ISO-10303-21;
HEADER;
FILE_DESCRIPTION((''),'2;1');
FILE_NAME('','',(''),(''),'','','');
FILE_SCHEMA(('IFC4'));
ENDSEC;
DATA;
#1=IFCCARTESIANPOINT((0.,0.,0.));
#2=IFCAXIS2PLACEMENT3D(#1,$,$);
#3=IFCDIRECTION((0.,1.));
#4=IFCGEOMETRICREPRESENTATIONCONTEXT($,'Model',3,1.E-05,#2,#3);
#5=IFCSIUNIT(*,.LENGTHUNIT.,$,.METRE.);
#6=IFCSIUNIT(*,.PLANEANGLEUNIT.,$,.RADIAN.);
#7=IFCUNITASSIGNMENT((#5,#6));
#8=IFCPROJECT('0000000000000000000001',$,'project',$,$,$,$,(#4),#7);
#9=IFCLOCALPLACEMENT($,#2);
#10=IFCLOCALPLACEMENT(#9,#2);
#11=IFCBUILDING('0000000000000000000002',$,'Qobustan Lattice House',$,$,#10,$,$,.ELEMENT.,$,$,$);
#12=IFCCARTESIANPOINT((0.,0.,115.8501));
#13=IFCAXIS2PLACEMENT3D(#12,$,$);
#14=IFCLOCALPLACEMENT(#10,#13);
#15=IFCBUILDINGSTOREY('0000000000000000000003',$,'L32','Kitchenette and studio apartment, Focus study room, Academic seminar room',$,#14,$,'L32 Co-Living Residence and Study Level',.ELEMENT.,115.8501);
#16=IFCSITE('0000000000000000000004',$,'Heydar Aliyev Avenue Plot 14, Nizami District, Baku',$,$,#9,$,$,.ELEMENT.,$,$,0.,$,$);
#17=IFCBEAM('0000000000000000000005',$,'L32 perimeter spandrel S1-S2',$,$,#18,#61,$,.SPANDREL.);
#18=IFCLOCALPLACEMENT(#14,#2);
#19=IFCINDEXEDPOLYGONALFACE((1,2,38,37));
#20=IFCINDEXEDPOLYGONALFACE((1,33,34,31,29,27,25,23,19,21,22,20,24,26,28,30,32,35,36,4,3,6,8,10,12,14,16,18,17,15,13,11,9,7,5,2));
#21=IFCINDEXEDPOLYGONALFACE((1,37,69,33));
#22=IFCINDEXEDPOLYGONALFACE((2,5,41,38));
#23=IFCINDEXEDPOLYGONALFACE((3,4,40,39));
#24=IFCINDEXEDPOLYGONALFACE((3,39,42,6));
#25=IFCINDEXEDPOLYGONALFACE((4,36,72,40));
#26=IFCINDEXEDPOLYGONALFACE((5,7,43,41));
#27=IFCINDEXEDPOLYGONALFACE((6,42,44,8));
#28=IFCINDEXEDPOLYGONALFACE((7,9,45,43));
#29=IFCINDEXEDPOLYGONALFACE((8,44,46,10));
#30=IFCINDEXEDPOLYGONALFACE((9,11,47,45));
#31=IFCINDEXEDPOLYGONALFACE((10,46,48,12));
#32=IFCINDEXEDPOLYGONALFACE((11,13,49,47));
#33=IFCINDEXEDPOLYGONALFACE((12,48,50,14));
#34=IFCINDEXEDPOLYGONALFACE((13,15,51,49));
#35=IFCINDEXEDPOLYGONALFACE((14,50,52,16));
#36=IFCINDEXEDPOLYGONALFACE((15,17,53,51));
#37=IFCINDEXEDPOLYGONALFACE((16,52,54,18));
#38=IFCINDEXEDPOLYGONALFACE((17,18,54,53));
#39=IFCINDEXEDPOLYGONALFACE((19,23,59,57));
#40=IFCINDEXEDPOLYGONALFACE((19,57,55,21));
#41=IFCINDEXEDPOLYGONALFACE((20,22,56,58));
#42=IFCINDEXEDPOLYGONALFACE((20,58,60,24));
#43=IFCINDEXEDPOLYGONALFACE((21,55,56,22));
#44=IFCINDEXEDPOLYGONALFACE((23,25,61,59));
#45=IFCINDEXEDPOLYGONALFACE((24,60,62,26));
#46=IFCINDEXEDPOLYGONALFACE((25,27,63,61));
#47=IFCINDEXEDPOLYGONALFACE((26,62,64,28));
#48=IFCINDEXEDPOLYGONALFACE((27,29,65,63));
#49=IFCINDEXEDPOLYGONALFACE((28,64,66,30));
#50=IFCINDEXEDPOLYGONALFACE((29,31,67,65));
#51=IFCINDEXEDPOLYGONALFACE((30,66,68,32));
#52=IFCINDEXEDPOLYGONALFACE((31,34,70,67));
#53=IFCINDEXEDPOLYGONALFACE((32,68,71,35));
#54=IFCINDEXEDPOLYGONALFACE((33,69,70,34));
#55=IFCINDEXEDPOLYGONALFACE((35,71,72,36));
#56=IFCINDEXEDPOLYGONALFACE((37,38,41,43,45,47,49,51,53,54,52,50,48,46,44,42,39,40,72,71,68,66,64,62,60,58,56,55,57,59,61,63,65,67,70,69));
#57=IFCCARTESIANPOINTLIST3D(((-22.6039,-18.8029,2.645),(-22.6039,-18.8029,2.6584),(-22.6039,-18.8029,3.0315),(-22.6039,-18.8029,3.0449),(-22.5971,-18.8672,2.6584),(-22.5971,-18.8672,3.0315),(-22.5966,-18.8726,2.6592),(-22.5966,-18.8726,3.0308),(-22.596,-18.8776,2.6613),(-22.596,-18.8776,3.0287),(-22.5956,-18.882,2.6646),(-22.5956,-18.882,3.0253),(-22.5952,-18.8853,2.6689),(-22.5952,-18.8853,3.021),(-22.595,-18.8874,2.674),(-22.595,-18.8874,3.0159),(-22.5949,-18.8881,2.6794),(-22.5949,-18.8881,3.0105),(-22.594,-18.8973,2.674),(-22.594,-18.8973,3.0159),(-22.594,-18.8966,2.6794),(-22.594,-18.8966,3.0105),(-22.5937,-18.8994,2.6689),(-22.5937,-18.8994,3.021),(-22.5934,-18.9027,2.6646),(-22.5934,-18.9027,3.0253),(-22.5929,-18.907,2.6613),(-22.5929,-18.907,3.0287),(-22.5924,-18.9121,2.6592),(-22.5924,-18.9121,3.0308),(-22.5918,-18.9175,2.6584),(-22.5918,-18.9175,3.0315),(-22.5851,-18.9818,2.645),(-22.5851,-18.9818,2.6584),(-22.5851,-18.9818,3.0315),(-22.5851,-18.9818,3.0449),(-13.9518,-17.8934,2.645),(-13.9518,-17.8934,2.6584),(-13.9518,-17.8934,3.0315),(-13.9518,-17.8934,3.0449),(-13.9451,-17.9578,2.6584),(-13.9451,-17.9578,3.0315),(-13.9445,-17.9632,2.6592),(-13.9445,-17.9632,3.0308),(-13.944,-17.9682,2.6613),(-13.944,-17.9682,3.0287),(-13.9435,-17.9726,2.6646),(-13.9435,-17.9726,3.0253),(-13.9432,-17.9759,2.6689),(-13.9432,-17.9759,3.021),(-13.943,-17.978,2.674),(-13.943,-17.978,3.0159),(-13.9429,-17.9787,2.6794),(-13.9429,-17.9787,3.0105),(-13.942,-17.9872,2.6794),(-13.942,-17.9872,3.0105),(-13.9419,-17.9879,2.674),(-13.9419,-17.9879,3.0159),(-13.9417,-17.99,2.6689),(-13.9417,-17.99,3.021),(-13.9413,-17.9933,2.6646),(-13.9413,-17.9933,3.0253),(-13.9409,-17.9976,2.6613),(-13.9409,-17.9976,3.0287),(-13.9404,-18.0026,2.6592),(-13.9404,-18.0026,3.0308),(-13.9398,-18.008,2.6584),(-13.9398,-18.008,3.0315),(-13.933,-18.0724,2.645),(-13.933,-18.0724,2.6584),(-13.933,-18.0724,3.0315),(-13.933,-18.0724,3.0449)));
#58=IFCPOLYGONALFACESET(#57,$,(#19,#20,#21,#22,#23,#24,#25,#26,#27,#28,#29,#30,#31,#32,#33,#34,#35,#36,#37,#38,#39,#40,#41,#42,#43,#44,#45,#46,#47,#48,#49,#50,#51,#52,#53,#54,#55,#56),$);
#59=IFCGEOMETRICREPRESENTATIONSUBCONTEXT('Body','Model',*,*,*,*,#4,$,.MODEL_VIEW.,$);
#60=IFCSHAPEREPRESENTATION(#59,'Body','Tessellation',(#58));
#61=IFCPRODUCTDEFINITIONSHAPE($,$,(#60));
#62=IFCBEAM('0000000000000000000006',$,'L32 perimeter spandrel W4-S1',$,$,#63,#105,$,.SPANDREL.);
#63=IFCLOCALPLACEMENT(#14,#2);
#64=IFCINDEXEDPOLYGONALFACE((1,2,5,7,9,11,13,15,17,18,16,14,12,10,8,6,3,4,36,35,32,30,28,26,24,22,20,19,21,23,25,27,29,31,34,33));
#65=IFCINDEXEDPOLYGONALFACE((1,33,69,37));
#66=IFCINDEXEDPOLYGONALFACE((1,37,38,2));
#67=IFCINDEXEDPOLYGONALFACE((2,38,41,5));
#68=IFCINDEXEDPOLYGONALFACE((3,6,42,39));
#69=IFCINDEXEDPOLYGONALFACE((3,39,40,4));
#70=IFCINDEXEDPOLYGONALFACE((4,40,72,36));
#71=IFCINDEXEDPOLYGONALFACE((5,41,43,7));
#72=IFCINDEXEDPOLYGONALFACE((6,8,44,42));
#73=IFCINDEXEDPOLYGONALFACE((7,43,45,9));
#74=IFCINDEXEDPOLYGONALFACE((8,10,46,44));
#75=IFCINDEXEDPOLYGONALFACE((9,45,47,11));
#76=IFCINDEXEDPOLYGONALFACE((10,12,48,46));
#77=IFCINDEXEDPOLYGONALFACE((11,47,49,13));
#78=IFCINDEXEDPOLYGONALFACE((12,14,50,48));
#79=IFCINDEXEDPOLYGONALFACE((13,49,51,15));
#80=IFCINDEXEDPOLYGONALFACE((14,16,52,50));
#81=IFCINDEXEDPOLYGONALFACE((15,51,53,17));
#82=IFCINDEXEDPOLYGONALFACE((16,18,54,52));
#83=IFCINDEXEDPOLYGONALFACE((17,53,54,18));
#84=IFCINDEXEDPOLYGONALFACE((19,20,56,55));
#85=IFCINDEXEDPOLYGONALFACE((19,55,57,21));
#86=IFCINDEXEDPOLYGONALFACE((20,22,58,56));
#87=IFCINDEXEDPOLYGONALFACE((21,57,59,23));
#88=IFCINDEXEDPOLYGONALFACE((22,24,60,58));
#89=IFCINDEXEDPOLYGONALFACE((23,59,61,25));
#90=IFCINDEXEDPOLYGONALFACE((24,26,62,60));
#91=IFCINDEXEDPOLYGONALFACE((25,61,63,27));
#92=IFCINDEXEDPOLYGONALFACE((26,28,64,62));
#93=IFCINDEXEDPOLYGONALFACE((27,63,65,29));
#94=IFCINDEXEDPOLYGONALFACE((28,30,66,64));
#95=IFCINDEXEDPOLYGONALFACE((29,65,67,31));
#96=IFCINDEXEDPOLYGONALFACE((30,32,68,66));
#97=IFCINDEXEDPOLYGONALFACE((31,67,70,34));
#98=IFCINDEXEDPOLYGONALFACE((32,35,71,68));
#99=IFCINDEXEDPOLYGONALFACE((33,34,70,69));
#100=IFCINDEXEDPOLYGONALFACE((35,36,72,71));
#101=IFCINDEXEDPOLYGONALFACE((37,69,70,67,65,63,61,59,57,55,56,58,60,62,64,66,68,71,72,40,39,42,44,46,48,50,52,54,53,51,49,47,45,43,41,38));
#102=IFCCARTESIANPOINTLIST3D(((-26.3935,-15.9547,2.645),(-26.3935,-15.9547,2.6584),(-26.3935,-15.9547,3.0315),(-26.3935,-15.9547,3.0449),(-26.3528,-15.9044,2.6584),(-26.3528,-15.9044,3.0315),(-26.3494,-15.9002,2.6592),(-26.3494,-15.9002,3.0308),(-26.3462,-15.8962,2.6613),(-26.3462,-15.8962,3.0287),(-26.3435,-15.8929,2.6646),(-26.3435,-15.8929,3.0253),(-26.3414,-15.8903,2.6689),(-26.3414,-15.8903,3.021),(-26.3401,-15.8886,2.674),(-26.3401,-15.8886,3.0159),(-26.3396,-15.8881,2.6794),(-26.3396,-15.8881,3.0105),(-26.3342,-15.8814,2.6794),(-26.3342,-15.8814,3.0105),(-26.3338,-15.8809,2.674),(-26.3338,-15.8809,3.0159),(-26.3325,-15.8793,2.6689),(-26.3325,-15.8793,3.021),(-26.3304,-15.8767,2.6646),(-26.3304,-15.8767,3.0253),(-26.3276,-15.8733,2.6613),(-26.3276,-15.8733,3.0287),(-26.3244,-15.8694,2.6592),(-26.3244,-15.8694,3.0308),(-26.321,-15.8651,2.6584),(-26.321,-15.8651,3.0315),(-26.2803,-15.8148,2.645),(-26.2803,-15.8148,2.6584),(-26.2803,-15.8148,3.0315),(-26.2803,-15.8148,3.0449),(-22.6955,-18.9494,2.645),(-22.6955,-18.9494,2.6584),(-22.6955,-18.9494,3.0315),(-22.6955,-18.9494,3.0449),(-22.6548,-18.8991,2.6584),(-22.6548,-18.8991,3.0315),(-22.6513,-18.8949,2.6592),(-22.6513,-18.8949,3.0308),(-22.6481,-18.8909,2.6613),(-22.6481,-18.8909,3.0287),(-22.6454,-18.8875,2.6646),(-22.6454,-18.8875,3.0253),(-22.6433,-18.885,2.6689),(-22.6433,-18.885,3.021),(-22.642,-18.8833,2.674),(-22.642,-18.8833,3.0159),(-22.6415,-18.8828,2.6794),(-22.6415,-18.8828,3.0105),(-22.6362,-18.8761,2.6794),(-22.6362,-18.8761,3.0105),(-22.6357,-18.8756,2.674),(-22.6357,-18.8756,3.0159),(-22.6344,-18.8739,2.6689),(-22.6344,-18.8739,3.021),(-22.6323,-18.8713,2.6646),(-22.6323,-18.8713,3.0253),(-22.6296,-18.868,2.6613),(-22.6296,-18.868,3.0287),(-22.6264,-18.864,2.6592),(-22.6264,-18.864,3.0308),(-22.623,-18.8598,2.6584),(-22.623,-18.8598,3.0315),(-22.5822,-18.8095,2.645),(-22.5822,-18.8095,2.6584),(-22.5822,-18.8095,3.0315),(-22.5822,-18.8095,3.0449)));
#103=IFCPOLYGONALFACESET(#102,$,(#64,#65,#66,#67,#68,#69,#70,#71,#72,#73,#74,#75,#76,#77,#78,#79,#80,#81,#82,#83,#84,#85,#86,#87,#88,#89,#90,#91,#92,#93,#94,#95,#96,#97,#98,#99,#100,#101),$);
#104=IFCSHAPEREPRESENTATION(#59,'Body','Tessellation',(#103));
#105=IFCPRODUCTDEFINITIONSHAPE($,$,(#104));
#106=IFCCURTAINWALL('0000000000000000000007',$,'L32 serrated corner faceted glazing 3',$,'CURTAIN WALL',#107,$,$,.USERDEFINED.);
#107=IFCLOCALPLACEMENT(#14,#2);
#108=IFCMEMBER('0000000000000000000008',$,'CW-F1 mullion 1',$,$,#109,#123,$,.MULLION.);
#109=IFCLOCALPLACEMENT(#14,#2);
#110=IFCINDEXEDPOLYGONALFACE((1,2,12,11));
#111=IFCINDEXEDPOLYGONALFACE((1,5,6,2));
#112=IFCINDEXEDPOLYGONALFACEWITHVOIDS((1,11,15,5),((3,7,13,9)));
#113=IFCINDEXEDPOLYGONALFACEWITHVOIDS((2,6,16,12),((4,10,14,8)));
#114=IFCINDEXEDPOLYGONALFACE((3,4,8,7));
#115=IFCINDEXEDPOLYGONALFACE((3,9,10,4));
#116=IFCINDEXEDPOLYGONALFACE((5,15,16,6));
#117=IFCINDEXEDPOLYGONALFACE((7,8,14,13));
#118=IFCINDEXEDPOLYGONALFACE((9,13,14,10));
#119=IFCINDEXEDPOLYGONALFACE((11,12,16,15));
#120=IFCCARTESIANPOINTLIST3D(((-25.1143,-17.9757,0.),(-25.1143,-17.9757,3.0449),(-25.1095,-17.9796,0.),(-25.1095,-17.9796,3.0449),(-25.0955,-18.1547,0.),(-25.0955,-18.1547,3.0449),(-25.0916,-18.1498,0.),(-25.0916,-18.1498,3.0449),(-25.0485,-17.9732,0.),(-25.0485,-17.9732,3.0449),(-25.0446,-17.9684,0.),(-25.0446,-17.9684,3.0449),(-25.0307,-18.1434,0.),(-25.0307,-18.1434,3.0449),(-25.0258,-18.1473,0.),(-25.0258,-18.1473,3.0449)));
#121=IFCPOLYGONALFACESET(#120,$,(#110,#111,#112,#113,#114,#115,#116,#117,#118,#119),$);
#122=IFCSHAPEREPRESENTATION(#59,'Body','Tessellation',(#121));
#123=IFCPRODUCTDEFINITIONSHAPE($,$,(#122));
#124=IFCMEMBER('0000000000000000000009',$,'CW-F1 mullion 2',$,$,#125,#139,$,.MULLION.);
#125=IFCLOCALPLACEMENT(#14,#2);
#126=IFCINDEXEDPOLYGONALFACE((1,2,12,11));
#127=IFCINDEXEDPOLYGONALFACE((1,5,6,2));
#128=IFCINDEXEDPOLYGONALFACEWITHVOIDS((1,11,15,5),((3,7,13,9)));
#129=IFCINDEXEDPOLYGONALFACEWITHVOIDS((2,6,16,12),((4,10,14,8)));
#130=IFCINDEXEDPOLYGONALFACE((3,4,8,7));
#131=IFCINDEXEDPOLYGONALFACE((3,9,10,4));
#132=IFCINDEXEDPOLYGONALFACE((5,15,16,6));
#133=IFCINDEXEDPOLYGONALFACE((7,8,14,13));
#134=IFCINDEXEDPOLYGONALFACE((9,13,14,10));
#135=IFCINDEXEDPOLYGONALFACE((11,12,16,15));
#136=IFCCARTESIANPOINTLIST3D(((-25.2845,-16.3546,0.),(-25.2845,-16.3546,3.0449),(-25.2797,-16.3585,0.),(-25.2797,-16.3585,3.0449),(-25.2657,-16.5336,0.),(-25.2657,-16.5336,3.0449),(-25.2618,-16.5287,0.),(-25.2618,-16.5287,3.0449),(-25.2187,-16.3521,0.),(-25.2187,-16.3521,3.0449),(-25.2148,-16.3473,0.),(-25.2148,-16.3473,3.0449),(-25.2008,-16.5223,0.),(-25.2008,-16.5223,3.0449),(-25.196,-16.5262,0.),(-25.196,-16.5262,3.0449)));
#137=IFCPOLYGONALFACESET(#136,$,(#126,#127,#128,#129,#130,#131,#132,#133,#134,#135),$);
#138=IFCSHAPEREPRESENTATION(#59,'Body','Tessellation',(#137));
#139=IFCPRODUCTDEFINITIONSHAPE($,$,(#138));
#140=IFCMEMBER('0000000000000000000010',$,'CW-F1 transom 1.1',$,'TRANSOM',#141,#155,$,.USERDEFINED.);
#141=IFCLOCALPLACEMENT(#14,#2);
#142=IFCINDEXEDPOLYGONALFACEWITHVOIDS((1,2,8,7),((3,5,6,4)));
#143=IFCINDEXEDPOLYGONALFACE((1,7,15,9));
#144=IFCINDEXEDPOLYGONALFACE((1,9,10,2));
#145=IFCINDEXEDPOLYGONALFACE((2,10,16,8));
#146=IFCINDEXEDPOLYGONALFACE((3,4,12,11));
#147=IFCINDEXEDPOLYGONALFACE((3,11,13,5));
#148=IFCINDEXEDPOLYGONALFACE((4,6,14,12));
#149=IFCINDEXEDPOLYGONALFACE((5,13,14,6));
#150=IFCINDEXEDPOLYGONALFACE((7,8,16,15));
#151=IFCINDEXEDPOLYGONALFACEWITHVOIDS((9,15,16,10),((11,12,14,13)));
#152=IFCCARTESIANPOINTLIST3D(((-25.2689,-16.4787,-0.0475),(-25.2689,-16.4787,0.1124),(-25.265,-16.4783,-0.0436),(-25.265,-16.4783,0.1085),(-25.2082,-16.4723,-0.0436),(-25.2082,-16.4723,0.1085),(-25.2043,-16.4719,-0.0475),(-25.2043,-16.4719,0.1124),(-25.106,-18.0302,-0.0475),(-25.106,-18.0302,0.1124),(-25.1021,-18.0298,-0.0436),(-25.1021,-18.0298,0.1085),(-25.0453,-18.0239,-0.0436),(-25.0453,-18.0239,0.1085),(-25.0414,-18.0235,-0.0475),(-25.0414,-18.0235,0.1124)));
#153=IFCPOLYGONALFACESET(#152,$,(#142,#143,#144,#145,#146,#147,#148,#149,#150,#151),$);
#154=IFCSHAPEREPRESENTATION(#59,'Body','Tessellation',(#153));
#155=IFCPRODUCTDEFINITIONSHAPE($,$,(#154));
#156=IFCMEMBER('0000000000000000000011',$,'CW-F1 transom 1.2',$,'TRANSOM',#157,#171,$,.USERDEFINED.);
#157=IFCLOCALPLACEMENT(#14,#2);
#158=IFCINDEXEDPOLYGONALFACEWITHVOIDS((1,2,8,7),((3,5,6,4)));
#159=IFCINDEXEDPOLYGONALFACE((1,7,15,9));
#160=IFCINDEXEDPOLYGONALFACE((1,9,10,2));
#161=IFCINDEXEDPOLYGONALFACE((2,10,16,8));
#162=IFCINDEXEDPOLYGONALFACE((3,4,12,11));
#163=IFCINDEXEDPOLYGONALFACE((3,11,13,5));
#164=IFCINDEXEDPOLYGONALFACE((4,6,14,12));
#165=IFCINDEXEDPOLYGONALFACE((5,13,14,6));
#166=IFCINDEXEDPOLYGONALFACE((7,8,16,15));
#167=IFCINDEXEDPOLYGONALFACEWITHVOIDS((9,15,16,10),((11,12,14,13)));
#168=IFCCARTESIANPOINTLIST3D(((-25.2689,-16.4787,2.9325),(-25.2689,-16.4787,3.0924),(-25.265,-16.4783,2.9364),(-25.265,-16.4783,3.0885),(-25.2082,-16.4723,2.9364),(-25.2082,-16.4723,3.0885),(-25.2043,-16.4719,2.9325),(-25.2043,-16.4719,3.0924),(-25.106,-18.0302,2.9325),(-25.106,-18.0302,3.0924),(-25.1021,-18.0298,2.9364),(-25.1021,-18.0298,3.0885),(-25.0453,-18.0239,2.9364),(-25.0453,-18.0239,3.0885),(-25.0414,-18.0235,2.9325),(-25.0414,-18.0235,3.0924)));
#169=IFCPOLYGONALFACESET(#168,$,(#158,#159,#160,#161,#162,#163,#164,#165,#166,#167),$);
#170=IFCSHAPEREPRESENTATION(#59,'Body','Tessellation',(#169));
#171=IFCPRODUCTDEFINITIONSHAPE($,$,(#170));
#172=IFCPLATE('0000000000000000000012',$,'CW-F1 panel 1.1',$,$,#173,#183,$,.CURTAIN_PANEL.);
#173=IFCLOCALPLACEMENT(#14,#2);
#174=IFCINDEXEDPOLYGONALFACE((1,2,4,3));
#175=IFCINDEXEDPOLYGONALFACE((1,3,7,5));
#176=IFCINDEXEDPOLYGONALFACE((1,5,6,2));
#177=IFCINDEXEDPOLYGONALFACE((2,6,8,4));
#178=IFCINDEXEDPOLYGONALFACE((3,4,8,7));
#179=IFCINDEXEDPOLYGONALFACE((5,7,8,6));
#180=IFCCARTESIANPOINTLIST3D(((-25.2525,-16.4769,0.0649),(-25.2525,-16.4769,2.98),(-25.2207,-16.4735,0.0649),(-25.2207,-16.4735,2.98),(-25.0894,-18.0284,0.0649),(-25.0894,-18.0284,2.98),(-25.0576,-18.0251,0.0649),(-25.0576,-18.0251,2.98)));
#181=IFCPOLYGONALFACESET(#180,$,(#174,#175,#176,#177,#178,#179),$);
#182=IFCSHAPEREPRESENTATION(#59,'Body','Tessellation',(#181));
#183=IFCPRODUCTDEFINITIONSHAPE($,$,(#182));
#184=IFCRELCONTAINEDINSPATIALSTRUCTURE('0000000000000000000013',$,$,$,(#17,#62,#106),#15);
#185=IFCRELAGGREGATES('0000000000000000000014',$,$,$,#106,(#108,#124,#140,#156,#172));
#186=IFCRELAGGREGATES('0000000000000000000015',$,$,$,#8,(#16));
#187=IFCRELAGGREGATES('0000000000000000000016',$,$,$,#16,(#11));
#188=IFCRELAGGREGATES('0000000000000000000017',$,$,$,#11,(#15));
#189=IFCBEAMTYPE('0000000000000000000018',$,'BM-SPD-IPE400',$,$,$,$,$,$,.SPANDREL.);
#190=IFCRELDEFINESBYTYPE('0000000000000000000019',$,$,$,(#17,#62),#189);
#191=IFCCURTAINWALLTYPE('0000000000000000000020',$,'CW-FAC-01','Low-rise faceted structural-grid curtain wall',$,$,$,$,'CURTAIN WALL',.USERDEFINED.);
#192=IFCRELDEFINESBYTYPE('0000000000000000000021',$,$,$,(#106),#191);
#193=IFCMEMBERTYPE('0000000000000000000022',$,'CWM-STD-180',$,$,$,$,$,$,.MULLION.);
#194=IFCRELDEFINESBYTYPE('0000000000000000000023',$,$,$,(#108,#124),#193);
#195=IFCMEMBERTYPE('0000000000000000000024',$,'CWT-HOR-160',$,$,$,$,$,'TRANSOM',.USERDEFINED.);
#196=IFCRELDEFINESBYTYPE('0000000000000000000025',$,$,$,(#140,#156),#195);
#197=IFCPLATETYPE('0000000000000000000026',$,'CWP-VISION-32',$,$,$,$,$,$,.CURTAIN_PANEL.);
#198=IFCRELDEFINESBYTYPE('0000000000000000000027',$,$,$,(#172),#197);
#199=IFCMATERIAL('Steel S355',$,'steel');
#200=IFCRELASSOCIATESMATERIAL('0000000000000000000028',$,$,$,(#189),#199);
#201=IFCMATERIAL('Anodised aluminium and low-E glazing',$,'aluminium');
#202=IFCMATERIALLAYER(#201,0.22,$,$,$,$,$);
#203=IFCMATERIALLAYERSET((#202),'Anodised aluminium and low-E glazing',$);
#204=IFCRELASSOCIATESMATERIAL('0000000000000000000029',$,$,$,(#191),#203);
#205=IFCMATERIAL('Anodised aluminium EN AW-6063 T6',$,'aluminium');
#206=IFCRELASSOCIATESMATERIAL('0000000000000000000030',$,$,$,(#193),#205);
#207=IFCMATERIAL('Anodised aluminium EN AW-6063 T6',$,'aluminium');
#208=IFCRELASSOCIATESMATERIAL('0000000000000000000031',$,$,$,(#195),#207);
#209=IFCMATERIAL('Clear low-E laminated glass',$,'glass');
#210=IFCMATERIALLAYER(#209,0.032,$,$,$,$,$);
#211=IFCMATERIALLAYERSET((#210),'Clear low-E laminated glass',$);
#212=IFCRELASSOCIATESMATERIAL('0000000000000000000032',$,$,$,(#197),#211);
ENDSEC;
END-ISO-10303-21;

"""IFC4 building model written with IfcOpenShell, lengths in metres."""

from ifc_helpers import new_model, si_unit, direction, frame, origin, origin_2d, place, context, subcontext, project, spatial, rectangle, hollow_rectangle, i_section, extrude, material, layer, layer_set, material_profile, profile_set, type_object, element, aggregate, save


model = new_model("IFC4")

# Units and contexts
model_context = context("Model", 3, precision=1e-05, world=origin(), true_north=direction((0.0, 1.0)))
body_context = subcontext(model_context, "Body", "Model", "MODEL_VIEW")
ifc_project = project(units=[si_unit("LENGTHUNIT", "METRE"), si_unit("PLANEANGLEUNIT", "RADIAN")], contexts=[model_context])

# Site, building, storey
site_placement = place(None, origin())
site = spatial("IfcSite", under=ifc_project, at=site_placement, Name="Heydar Aliyev Avenue Plot 14, Nizami District, Baku", CompositionType="ELEMENT", RefElevation=0.0)
building_placement = place(site_placement, origin())
building = spatial("IfcBuilding", under=site, at=building_placement, Name="Qobustan Lattice House", CompositionType="ELEMENT")
storey_placement = place(building_placement, frame((0.0, 0.0, 115.8501)))
storey = spatial("IfcBuildingStorey", under=building, at=storey_placement, Name="L32", Description="Kitchenette and studio apartment, Focus study room, Academic seminar room", LongName="L32 Co-Living Residence and Study Level", CompositionType="ELEMENT", Elevation=115.8501)

# Beams
ifc_material_1 = material(Name="Steel S355", Category="steel")
ifc_material_profile_1 = material_profile(ifc_material_1, i_section(OverallWidth=0.1799, OverallDepth=0.3999, WebThickness=0.0085, FlangeThickness=0.0134, FilletRadius=0.021, at=origin_2d()), Name="IPE400")
ifc_profile_set_1 = profile_set([ifc_material_profile_1], Name="Steel S355")
beam_type_1 = type_object("IfcBeamType", Name="BM-SPD-IPE400", PredefinedType="SPANDREL", material=ifc_profile_set_1)
beam_1_placement = place(storey_placement, frame((-22.5945, -18.8923, 2.845), z_axis=(0.994521, 0.104534, 0.0), x_axis=(-0.104534, 0.994521, 0.0)))
element("IfcBeam", 1, at=beam_1_placement, inside=storey, type_object=beam_type_1, Name="L32 perimeter spandrel S1-S2", PredefinedType="SPANDREL", context=body_context, shape_type="SweptSolid", body=[
    extrude(i_section(OverallWidth=0.1799, OverallDepth=0.3999, WebThickness=0.0085, FlangeThickness=0.0134, FilletRadius=0.021, at=origin_2d()), origin(), (0.0, 0.0, 1.0), 8.6997),
])
beam_2_placement = place(storey_placement, frame((-26.3369, -15.8848, 2.845), z_axis=(0.777141, -0.629327, 0.0), x_axis=(0.629327, 0.777141, 0.0)))
element("IfcBeam", 2, at=beam_2_placement, inside=storey, type_object=beam_type_1, Name="L32 perimeter spandrel W4-S1", PredefinedType="SPANDREL", context=body_context, shape_type="SweptSolid", body=[
    extrude(i_section(OverallWidth=0.1799, OverallDepth=0.3999, WebThickness=0.0085, FlangeThickness=0.0134, FilletRadius=0.021, at=origin_2d()), origin(), (0.0, 0.0, 1.0), 4.7585),
])

# Curtain wall, members, plate
ifc_material_2 = material(Name="Anodised aluminium and low-E glazing", Category="aluminium")
ifc_layer_1 = layer(ifc_material_2, 0.22)
ifc_layer_set_1 = layer_set([ifc_layer_1], Name="Anodised aluminium and low-E glazing")
curtain_wall_type = type_object("IfcCurtainWallType", Name="CW-FAC-01", Description="Low-rise faceted structural-grid curtain wall", ElementType="CURTAIN WALL", PredefinedType="USERDEFINED", material=ifc_layer_set_1)
curtain_wall_placement = place(storey_placement, origin())
curtain_wall = element("IfcCurtainWall", 3, at=curtain_wall_placement, inside=storey, type_object=curtain_wall_type, Name="L32 serrated corner faceted glazing 3", ObjectType="CURTAIN WALL", PredefinedType="USERDEFINED")
ifc_material_3 = material(Name="Anodised aluminium EN AW-6063 T6", Category="aluminium")
ifc_material_profile_2 = material_profile(ifc_material_3, hollow_rectangle(XDim=0.0701, YDim=0.1799, WallThickness=0.0044, at=origin_2d()), Name="CWM-180x70")
ifc_profile_set_2 = profile_set([ifc_material_profile_2], Name="Anodised aluminium EN AW-6063 T6")
member_type_1 = type_object("IfcMemberType", Name="CWM-STD-180", PredefinedType="MULLION", material=ifc_profile_set_2)
member_1_placement = place(storey_placement, frame((-25.0701, -18.0615, 0.0), z_axis=(0.0, 0.0, 1.0), x_axis=(-0.994522, -0.104529, 0.0)))
member_1 = element("IfcMember", 4, at=member_1_placement, type_object=member_type_1, Name="CW-F1 mullion 1", PredefinedType="MULLION", context=body_context, shape_type="SweptSolid", body=[
    extrude(hollow_rectangle(XDim=0.0701, YDim=0.1799, WallThickness=0.0044, at=origin_2d()), origin(), (0.0, 0.0, 1.0), 3.0449),
])
member_2_placement = place(storey_placement, frame((-25.2402, -16.4404, 0.0), z_axis=(0.0, 0.0, 1.0), x_axis=(-0.994522, -0.104529, 0.0)))
member_2 = element("IfcMember", 5, at=member_2_placement, type_object=member_type_1, Name="CW-F1 mullion 2", PredefinedType="MULLION", context=body_context, shape_type="SweptSolid", body=[
    extrude(hollow_rectangle(XDim=0.0701, YDim=0.1799, WallThickness=0.0044, at=origin_2d()), origin(), (0.0, 0.0, 1.0), 3.0449),
])
ifc_material_4 = material(Name="Anodised aluminium EN AW-6063 T6", Category="aluminium")
ifc_material_profile_3 = material_profile(ifc_material_4, hollow_rectangle(XDim=0.0649, YDim=0.1599, WallThickness=0.0039, at=origin_2d()), Name="CWT-160x65")
ifc_profile_set_3 = profile_set([ifc_material_profile_3], Name="Anodised aluminium EN AW-6063 T6")
member_type_2 = type_object("IfcMemberType", Name="CWT-HOR-160", ElementType="TRANSOM", PredefinedType="USERDEFINED", material=ifc_profile_set_3)
member_3_placement = place(storey_placement, frame((-25.0737, -18.0269, 0.0325), z_axis=(-0.104383, 0.994537, 0.0), x_axis=(-0.994537, -0.104383, 0.0)))
member_3 = element("IfcMember", 6, at=member_3_placement, type_object=member_type_2, Name="CW-F1 transom 1.1", ObjectType="TRANSOM", PredefinedType="USERDEFINED", context=body_context, shape_type="SweptSolid", body=[
    extrude(hollow_rectangle(XDim=0.0649, YDim=0.1599, WallThickness=0.0039, at=origin_2d()), origin(), (0.0, 0.0, 1.0), 1.5601),
])
member_4_placement = place(storey_placement, frame((-25.0737, -18.0269, 3.0125), z_axis=(-0.104383, 0.994537, 0.0), x_axis=(-0.994537, -0.104383, 0.0)))
member_4 = element("IfcMember", 7, at=member_4_placement, type_object=member_type_2, Name="CW-F1 transom 1.2", ObjectType="TRANSOM", PredefinedType="USERDEFINED", context=body_context, shape_type="SweptSolid", body=[
    extrude(hollow_rectangle(XDim=0.0649, YDim=0.1599, WallThickness=0.0039, at=origin_2d()), origin(), (0.0, 0.0, 1.0), 1.5601),
])
ifc_material_5 = material(Name="Clear low-E laminated glass", Category="glass")
ifc_layer_2 = layer(ifc_material_5, 0.032)
ifc_layer_set_2 = layer_set([ifc_layer_2], Name="Clear low-E laminated glass")
plate_type = type_object("IfcPlateType", Name="CWP-VISION-32", PredefinedType="CURTAIN_PANEL", material=ifc_layer_set_2)
plate_placement = place(storey_placement, frame((-25.155, -17.251, 0.0649), z_axis=(0.0, 0.0, 1.0), x_axis=(-0.104529, 0.994522, 0.0)))
plate = element("IfcPlate", 8, at=plate_placement, type_object=plate_type, Name="CW-F1 panel 1.1", PredefinedType="CURTAIN_PANEL", context=body_context, shape_type="SweptSolid", body=[
    extrude(rectangle(XDim=1.5601, YDim=0.032, at=origin_2d()), origin(), (0.0, 0.0, 1.0), 2.915),
])
aggregate(curtain_wall, [member_1, member_2, member_3, member_4, plate])

save(model, "model.ifc")
